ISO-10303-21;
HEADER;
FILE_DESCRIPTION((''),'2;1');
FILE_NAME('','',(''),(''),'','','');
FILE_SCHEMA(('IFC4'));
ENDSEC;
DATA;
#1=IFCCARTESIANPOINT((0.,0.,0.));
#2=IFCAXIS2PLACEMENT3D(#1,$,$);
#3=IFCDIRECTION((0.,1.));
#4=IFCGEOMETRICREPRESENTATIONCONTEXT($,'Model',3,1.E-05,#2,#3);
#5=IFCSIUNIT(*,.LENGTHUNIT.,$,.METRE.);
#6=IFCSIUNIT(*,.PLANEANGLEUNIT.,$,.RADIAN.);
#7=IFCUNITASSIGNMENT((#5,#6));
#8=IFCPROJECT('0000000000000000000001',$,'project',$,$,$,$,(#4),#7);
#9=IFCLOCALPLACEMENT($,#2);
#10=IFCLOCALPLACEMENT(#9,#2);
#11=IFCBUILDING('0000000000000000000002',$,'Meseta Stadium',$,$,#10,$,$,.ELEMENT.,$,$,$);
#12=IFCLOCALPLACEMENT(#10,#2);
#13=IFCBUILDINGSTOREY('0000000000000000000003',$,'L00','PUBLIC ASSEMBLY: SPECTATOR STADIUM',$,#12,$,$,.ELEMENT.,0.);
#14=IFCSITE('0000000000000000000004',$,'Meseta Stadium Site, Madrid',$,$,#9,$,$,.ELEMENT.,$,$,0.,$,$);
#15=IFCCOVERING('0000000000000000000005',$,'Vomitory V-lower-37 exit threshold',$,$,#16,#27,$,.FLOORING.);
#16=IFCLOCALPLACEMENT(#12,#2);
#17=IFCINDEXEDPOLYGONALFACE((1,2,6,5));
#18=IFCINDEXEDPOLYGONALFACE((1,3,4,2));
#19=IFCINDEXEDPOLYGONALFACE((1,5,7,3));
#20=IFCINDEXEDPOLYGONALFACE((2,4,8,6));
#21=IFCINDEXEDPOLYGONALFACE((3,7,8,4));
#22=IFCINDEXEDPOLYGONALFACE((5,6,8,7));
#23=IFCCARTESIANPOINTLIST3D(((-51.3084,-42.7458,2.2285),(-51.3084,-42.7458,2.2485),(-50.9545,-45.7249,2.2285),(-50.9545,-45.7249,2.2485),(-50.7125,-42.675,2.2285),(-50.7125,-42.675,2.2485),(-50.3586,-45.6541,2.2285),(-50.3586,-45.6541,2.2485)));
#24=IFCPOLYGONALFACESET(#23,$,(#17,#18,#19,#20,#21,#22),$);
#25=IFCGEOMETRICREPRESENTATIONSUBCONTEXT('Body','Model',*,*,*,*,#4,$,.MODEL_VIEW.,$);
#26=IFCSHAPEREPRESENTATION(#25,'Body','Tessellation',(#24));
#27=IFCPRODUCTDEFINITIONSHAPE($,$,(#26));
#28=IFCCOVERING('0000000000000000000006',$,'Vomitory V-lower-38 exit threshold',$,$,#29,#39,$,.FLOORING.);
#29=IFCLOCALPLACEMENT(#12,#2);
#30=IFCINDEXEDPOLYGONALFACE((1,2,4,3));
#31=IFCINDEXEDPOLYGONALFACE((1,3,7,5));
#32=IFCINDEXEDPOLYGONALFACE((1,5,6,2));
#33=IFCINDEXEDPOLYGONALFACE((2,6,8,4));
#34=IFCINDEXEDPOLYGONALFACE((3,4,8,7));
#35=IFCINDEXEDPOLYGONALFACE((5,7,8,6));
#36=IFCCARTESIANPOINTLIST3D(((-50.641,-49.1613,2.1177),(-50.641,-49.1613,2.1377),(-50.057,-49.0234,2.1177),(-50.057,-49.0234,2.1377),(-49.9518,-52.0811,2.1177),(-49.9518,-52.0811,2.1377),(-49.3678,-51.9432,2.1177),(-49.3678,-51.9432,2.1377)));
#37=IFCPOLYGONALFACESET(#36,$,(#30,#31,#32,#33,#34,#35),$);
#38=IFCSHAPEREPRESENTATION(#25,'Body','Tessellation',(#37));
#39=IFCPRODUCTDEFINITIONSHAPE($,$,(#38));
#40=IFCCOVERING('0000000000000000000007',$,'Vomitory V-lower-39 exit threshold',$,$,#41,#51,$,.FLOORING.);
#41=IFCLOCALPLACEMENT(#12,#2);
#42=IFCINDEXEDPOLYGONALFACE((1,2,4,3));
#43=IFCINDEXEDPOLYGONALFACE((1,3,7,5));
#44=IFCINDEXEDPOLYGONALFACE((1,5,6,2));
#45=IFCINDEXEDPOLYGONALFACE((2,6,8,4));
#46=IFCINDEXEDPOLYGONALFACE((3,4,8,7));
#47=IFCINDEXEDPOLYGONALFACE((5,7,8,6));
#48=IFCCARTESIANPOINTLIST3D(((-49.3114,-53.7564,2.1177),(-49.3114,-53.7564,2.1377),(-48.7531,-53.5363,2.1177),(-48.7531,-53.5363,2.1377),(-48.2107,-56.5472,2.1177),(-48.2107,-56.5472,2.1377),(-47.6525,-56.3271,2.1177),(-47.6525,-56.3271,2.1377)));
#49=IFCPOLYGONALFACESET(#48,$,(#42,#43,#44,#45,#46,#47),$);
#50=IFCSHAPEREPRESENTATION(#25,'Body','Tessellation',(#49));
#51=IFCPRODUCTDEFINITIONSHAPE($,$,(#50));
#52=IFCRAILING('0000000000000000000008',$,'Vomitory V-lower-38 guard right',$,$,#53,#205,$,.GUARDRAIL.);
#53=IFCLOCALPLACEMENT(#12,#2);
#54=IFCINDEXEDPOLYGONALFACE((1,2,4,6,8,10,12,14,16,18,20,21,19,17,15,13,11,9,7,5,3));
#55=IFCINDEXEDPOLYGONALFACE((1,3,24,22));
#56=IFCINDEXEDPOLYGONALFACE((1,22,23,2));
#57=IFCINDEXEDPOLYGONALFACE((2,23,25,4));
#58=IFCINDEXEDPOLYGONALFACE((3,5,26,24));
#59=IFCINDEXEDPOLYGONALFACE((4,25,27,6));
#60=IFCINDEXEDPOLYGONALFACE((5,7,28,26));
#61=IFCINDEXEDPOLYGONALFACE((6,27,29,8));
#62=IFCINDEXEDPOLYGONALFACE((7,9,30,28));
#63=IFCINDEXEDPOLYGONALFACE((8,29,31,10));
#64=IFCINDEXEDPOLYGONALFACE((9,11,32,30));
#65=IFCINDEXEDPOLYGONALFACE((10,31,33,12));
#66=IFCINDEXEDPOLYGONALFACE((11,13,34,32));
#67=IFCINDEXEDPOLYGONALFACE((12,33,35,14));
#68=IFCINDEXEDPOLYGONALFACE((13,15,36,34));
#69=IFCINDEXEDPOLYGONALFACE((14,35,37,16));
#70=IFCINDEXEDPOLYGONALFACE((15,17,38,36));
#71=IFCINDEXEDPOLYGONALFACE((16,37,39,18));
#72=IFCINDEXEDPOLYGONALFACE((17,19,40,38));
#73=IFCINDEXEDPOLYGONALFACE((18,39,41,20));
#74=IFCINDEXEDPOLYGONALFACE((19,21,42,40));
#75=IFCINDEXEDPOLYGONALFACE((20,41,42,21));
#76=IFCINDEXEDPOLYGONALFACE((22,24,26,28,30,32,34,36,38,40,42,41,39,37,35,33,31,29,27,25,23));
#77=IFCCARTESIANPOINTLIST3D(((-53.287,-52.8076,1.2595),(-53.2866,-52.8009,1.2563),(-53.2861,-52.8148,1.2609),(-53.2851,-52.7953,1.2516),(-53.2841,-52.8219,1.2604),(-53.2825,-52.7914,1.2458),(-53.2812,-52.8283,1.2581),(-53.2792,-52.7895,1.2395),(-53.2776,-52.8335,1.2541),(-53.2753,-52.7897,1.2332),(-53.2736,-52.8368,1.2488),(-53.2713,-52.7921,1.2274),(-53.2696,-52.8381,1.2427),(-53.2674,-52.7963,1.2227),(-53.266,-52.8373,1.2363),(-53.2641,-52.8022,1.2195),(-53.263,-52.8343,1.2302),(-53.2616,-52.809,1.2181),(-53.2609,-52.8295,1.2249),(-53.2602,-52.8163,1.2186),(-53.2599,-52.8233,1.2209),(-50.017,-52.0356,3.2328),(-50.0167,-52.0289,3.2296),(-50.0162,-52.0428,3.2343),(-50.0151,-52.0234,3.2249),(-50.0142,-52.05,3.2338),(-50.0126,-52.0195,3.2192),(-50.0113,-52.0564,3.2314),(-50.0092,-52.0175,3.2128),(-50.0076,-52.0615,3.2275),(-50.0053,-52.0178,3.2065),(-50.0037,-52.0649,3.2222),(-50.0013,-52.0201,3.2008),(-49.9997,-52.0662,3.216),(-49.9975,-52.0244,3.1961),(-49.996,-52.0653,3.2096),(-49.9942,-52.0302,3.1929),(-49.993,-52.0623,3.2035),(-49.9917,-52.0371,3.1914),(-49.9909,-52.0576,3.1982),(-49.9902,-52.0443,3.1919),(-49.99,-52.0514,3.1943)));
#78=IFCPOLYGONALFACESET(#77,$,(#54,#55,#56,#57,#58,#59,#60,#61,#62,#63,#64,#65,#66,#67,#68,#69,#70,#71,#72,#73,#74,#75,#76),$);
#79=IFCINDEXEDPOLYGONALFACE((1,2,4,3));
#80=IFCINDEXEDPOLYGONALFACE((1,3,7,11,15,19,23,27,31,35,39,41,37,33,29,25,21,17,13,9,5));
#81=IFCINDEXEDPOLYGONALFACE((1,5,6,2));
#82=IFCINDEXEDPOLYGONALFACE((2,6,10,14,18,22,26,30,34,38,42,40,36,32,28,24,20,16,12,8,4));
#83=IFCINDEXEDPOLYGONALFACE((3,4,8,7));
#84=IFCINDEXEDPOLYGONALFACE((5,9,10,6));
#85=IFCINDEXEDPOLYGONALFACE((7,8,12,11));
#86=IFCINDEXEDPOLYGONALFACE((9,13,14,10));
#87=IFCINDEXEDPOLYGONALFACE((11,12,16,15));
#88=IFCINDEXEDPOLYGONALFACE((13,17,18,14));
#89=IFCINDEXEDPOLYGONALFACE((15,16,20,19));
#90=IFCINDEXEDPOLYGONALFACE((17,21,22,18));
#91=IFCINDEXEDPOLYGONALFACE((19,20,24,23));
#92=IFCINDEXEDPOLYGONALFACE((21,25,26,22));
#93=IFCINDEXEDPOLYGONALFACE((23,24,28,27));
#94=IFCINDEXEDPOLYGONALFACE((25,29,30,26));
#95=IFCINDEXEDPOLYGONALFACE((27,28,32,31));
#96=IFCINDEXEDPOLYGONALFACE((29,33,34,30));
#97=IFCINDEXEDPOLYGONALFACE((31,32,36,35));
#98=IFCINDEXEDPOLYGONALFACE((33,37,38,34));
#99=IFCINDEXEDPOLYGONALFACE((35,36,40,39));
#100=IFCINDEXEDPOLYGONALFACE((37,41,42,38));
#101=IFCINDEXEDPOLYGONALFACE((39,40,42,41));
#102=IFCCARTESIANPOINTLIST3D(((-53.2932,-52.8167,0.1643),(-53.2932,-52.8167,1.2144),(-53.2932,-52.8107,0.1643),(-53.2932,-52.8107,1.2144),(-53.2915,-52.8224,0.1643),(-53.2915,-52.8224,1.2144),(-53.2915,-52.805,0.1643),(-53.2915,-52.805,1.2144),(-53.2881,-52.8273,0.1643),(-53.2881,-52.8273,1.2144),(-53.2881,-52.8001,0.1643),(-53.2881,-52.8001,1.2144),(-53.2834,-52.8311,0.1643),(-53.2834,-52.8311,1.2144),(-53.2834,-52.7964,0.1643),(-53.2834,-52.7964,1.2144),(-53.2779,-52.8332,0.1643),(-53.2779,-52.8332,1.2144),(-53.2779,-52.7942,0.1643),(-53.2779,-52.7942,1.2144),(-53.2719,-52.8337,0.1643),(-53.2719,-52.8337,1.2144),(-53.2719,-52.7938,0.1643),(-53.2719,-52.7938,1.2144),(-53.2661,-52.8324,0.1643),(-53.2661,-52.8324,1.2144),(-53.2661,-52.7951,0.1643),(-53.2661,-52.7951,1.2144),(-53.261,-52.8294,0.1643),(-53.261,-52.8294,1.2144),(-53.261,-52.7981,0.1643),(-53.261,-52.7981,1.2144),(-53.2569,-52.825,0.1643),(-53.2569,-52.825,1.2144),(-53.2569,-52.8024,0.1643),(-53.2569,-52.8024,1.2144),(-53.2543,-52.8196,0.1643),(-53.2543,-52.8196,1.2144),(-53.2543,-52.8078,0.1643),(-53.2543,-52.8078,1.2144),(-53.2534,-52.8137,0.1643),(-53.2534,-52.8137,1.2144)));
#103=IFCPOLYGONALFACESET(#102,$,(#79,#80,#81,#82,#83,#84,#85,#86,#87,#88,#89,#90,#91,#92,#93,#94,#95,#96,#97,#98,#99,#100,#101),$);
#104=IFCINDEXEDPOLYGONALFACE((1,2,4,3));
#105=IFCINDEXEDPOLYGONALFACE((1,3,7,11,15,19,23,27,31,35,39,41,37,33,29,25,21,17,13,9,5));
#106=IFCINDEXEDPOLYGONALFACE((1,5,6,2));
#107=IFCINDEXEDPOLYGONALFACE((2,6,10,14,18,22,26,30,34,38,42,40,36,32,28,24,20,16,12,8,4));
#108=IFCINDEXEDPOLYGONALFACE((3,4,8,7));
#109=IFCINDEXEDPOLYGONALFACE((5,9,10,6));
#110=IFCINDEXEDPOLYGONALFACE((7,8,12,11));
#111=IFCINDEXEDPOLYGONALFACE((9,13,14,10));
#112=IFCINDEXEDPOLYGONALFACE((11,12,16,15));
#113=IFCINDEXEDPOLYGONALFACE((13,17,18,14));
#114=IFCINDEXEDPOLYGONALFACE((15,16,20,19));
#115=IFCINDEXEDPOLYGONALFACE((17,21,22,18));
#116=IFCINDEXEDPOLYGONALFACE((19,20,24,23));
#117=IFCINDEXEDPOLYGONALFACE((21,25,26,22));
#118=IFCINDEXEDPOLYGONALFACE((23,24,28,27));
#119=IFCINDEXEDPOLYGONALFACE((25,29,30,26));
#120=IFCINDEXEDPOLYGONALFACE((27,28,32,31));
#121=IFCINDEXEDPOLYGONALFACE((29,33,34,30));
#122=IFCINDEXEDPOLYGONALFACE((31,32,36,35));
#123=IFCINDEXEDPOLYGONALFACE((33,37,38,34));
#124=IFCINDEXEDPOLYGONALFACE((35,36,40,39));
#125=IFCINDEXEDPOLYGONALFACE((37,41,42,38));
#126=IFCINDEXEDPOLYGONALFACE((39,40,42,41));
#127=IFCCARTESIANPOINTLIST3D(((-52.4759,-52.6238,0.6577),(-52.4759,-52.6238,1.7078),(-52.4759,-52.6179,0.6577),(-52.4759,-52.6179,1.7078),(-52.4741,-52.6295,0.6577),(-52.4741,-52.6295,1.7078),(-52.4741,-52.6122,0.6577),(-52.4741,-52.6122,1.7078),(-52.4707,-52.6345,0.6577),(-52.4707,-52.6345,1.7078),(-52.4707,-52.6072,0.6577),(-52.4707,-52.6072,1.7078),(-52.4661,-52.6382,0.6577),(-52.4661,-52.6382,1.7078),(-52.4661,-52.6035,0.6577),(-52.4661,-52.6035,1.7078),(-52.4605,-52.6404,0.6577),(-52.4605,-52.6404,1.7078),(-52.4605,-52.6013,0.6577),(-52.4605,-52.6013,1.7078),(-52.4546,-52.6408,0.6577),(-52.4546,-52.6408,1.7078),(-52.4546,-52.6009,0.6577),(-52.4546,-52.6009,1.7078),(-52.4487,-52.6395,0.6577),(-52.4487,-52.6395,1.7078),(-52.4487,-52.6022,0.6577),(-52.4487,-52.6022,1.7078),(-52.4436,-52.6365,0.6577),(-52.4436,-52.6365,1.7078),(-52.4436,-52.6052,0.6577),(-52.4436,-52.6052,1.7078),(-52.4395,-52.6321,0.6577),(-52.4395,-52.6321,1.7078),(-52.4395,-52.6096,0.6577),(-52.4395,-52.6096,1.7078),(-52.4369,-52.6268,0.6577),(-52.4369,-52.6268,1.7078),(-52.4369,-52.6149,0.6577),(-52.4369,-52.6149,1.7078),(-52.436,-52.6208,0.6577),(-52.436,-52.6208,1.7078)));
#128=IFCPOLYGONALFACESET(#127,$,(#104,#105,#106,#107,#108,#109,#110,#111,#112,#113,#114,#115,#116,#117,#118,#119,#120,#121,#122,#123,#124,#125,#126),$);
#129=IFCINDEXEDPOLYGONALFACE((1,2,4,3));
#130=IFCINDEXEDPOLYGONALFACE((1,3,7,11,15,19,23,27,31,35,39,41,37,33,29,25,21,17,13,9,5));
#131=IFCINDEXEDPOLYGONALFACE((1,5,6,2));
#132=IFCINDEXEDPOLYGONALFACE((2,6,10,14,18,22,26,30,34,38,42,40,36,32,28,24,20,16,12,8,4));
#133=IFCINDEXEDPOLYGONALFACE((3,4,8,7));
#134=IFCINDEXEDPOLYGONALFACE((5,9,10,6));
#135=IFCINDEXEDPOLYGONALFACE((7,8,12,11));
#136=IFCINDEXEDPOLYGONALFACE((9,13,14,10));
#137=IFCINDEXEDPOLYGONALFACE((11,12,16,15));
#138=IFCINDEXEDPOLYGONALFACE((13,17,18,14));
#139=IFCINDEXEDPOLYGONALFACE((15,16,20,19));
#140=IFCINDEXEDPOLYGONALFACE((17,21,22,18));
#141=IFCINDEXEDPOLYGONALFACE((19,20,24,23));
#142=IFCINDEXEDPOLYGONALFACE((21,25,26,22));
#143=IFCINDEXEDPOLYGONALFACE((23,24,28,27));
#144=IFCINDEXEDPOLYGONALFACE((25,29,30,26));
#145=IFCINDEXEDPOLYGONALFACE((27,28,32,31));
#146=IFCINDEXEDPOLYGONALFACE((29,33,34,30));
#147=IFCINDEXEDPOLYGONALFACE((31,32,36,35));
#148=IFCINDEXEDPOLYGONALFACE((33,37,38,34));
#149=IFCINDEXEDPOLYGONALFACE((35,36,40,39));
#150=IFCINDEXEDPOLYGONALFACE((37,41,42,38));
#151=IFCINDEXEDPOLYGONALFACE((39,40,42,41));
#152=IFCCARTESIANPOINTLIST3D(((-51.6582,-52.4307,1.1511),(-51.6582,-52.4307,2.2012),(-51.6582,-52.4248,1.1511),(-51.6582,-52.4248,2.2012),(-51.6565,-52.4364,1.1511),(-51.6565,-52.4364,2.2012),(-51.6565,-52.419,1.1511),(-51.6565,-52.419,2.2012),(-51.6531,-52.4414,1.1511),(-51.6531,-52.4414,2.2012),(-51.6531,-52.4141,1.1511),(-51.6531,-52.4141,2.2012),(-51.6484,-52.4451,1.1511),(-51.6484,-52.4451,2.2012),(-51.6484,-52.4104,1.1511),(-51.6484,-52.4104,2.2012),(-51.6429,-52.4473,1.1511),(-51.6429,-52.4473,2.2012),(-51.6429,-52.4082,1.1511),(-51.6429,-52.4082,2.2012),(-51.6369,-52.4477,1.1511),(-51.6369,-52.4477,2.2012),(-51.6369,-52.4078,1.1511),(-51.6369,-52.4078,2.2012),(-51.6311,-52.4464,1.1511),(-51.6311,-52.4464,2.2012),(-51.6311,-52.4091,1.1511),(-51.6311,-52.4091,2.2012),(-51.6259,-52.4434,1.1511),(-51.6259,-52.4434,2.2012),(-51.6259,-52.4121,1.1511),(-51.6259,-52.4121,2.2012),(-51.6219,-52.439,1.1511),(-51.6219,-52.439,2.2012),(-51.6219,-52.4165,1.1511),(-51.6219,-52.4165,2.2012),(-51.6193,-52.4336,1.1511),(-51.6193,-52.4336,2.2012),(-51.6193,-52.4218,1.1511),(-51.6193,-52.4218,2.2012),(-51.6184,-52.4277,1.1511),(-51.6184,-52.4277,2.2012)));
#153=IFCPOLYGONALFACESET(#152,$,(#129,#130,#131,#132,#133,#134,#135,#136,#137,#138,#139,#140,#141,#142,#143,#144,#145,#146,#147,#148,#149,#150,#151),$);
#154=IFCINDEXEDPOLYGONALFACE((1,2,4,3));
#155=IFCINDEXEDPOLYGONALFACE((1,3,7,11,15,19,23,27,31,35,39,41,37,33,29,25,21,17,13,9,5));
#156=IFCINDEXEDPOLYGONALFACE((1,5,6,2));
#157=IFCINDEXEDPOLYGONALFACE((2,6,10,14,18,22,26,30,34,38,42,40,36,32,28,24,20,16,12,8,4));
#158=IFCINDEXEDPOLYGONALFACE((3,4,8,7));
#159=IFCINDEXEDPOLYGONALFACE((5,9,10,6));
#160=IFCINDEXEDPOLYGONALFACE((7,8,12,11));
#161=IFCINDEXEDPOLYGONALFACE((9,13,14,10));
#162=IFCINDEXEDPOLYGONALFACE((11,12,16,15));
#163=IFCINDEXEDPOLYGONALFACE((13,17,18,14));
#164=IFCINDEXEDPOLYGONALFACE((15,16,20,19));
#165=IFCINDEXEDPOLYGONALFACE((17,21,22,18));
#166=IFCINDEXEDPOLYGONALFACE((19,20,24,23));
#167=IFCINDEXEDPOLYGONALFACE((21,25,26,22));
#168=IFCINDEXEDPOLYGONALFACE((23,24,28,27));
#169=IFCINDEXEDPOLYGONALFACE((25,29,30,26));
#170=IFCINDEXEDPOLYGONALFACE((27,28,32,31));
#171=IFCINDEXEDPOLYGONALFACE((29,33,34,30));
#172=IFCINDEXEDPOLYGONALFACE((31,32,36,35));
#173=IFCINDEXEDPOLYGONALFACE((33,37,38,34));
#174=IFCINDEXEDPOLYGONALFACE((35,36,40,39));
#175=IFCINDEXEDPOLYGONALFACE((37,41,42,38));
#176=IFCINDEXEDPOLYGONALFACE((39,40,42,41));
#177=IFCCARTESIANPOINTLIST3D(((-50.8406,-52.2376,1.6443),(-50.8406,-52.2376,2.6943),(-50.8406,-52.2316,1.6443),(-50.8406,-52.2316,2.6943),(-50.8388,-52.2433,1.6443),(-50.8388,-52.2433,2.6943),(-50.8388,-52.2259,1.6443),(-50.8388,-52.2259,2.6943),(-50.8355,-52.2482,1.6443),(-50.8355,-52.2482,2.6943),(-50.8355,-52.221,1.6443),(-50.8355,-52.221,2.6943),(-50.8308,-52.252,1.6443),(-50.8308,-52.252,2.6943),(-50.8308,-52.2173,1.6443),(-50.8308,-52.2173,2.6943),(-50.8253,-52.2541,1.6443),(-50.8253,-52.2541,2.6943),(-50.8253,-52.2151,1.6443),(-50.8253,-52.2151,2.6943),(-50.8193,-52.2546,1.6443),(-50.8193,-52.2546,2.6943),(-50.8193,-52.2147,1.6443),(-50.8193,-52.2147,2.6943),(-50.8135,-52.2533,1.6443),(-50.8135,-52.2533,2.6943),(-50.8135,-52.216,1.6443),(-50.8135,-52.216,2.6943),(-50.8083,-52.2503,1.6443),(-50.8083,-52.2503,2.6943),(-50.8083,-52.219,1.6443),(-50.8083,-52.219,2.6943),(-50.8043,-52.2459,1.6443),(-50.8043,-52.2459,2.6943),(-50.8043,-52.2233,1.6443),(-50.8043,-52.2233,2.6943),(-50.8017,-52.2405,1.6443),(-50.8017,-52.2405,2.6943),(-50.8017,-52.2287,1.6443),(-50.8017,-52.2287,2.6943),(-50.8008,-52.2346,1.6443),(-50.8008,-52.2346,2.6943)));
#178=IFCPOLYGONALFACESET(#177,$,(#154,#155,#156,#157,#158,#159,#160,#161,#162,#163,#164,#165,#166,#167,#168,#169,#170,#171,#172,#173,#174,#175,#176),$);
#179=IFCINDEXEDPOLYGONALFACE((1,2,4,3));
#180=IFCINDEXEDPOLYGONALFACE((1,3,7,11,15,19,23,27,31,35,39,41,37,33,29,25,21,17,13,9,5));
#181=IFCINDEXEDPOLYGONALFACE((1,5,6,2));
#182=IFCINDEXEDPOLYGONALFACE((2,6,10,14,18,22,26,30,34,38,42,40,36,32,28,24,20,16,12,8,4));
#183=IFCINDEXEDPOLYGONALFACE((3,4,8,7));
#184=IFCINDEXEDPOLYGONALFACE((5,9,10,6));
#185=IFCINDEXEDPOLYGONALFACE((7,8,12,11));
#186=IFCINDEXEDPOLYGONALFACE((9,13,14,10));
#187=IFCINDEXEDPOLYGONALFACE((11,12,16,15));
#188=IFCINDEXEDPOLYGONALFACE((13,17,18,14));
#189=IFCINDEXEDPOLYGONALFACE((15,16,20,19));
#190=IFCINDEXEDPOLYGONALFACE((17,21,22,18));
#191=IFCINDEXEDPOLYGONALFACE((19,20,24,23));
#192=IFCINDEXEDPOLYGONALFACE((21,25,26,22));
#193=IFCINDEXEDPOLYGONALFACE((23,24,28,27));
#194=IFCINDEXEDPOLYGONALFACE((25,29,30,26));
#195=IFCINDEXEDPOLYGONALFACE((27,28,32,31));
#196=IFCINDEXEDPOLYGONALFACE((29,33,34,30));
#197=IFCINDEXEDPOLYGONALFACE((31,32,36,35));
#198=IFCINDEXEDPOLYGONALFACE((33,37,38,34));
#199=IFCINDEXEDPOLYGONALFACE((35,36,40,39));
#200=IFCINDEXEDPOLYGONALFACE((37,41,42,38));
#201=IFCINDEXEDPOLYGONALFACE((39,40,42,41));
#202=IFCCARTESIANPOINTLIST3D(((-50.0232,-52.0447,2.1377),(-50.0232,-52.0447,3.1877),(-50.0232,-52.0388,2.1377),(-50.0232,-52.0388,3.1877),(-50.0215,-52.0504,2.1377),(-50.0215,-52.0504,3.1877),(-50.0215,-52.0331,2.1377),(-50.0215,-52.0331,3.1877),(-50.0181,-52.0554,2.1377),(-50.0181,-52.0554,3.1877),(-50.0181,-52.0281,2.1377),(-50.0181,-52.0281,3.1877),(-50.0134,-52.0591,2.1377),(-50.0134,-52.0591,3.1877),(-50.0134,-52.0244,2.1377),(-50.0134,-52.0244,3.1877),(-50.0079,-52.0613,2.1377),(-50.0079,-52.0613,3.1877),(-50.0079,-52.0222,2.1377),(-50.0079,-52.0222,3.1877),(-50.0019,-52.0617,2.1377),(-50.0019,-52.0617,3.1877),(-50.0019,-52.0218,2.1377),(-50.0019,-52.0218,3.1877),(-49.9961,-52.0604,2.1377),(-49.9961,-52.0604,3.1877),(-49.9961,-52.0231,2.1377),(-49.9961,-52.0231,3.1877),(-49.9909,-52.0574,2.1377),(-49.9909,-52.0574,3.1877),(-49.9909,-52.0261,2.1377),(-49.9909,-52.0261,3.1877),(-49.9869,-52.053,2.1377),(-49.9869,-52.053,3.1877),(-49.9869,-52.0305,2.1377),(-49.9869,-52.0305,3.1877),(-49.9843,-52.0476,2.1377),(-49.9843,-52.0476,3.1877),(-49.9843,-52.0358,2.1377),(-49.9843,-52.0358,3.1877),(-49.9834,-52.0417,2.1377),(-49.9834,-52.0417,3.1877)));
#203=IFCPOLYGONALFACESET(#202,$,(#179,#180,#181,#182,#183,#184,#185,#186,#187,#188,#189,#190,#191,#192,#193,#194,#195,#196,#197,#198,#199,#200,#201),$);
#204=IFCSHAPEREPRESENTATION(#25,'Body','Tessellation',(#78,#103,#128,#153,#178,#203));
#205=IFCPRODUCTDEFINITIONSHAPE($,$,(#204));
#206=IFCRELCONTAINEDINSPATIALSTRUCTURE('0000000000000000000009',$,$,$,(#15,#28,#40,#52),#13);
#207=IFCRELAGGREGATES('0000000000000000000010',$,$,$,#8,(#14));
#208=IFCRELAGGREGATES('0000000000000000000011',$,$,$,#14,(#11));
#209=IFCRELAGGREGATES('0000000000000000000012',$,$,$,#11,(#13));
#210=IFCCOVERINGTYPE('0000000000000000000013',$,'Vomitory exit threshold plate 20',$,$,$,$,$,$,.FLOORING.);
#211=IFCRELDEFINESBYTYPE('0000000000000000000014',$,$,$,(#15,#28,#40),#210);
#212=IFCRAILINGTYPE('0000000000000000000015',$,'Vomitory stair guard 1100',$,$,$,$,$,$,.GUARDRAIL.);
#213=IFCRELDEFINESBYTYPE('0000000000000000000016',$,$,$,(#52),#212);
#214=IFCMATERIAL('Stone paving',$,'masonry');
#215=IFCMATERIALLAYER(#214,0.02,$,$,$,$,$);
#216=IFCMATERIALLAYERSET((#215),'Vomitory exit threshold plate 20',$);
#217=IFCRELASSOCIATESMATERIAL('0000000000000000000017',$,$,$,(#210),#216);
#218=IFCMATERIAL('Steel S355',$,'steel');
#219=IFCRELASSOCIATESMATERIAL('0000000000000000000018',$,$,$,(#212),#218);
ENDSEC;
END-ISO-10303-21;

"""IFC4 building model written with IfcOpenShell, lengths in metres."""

from ifc_helpers import new_model, si_unit, direction, frame, origin, origin_2d, place, context, subcontext, project, spatial, rectangle, circle, extrude, material, layer, layer_set, type_object, element, save


model = new_model("IFC4")

# Units and contexts
model_context = context("Model", 3, precision=1e-05, world=origin(), true_north=direction((0.0, 1.0)))
body_context = subcontext(model_context, "Body", "Model", "MODEL_VIEW")
ifc_project = project(units=[si_unit("LENGTHUNIT", "METRE"), si_unit("PLANEANGLEUNIT", "RADIAN")], contexts=[model_context])

# Site, building, storey
site_placement = place(None, origin())
site = spatial("IfcSite", under=ifc_project, at=site_placement, Name="Meseta Stadium Site, Madrid", CompositionType="ELEMENT", RefElevation=0.0)
building_placement = place(site_placement, origin())
building = spatial("IfcBuilding", under=site, at=building_placement, Name="Meseta Stadium", CompositionType="ELEMENT")
storey_placement = place(building_placement, origin())
storey = spatial("IfcBuildingStorey", under=building, at=storey_placement, Name="L00", Description="PUBLIC ASSEMBLY: SPECTATOR STADIUM", CompositionType="ELEMENT", Elevation=0.0)

# Coverings
ifc_material_1 = material(Name="Stone paving", Category="masonry")
ifc_layer = layer(ifc_material_1, 0.02)
ifc_layer_set = layer_set([ifc_layer], Name="Vomitory exit threshold plate 20")
covering_type = type_object("IfcCoveringType", Name="Vomitory exit threshold plate 20", PredefinedType="FLOORING", material=ifc_layer_set)
for number, where, z_axis, x_axis, name in (
    (1, (-50.8335, -44.2, 2.2285), (0.0, 0.0, 1.0), (0.993015, 0.117988, 0.0), "Vomitory V-lower-37 exit threshold"),
    (2, (-50.0044, -50.5522, 2.1177), (0.0, 0.0, 1.0), (0.973256, 0.229722, 0.0), "Vomitory V-lower-38 exit threshold"),
    (3, (-48.4819, -55.0417, 2.1177), (0.0, 0.0, 1.0), (0.930263, 0.366893, 0.0), "Vomitory V-lower-39 exit threshold"),
):
    element("IfcCovering", number, at=place(storey_placement, frame(where, z_axis=z_axis, x_axis=x_axis)), inside=storey, type_object=covering_type, Name=name, PredefinedType="FLOORING", context=body_context, shape_type="SweptSolid", body=[
        extrude(rectangle(XDim=0.6001, YDim=3.0, at=origin_2d()), origin(), (0.0, 0.0, 1.0), 0.02),
    ])

# Railing
ifc_material_2 = material(Name="Steel S355", Category="steel")
railing_type_1 = type_object("IfcRailingType", Name="Vomitory stair guard 1100", PredefinedType="GUARDRAIL", material=ifc_material_2)
railing_1_placement = place(storey_placement, frame((-53.2734, -52.8137, 0.1643)))
element("IfcRailing", 4, at=railing_1_placement, inside=storey, type_object=railing_type_1, Name="Vomitory V-lower-38 guard right", PredefinedType="GUARDRAIL", context=body_context, shape_type="SweptSolid", body=[
    extrude(circle(Radius=0.0249, at=origin_2d()), frame((0.0, 0.0, 1.0752), z_axis=(0.839205, 0.198116, 0.506443), x_axis=(-0.22976, 0.973247, 0.0)), (0.0, 0.0, 1.0), 3.8965),
    extrude(circle(Radius=0.02, at=origin_2d()), origin(), (0.0, 0.0, 1.0), 1.05),
    extrude(circle(Radius=0.02, at=origin_2d()), frame((0.8174, 0.1929, 0.4934)), (0.0, 0.0, 1.0), 1.05),
    extrude(circle(Radius=0.02, at=origin_2d()), frame((1.635, 0.386, 0.9868)), (0.0, 0.0, 1.0), 1.05),
    extrude(circle(Radius=0.02, at=origin_2d()), frame((2.4526, 0.5791, 1.48)), (0.0, 0.0, 1.0), 1.05),
    extrude(circle(Radius=0.02, at=origin_2d()), frame((3.27, 0.772, 1.9734)), (0.0, 0.0, 1.0), 1.05),
])

save(model, "model.ifc")
